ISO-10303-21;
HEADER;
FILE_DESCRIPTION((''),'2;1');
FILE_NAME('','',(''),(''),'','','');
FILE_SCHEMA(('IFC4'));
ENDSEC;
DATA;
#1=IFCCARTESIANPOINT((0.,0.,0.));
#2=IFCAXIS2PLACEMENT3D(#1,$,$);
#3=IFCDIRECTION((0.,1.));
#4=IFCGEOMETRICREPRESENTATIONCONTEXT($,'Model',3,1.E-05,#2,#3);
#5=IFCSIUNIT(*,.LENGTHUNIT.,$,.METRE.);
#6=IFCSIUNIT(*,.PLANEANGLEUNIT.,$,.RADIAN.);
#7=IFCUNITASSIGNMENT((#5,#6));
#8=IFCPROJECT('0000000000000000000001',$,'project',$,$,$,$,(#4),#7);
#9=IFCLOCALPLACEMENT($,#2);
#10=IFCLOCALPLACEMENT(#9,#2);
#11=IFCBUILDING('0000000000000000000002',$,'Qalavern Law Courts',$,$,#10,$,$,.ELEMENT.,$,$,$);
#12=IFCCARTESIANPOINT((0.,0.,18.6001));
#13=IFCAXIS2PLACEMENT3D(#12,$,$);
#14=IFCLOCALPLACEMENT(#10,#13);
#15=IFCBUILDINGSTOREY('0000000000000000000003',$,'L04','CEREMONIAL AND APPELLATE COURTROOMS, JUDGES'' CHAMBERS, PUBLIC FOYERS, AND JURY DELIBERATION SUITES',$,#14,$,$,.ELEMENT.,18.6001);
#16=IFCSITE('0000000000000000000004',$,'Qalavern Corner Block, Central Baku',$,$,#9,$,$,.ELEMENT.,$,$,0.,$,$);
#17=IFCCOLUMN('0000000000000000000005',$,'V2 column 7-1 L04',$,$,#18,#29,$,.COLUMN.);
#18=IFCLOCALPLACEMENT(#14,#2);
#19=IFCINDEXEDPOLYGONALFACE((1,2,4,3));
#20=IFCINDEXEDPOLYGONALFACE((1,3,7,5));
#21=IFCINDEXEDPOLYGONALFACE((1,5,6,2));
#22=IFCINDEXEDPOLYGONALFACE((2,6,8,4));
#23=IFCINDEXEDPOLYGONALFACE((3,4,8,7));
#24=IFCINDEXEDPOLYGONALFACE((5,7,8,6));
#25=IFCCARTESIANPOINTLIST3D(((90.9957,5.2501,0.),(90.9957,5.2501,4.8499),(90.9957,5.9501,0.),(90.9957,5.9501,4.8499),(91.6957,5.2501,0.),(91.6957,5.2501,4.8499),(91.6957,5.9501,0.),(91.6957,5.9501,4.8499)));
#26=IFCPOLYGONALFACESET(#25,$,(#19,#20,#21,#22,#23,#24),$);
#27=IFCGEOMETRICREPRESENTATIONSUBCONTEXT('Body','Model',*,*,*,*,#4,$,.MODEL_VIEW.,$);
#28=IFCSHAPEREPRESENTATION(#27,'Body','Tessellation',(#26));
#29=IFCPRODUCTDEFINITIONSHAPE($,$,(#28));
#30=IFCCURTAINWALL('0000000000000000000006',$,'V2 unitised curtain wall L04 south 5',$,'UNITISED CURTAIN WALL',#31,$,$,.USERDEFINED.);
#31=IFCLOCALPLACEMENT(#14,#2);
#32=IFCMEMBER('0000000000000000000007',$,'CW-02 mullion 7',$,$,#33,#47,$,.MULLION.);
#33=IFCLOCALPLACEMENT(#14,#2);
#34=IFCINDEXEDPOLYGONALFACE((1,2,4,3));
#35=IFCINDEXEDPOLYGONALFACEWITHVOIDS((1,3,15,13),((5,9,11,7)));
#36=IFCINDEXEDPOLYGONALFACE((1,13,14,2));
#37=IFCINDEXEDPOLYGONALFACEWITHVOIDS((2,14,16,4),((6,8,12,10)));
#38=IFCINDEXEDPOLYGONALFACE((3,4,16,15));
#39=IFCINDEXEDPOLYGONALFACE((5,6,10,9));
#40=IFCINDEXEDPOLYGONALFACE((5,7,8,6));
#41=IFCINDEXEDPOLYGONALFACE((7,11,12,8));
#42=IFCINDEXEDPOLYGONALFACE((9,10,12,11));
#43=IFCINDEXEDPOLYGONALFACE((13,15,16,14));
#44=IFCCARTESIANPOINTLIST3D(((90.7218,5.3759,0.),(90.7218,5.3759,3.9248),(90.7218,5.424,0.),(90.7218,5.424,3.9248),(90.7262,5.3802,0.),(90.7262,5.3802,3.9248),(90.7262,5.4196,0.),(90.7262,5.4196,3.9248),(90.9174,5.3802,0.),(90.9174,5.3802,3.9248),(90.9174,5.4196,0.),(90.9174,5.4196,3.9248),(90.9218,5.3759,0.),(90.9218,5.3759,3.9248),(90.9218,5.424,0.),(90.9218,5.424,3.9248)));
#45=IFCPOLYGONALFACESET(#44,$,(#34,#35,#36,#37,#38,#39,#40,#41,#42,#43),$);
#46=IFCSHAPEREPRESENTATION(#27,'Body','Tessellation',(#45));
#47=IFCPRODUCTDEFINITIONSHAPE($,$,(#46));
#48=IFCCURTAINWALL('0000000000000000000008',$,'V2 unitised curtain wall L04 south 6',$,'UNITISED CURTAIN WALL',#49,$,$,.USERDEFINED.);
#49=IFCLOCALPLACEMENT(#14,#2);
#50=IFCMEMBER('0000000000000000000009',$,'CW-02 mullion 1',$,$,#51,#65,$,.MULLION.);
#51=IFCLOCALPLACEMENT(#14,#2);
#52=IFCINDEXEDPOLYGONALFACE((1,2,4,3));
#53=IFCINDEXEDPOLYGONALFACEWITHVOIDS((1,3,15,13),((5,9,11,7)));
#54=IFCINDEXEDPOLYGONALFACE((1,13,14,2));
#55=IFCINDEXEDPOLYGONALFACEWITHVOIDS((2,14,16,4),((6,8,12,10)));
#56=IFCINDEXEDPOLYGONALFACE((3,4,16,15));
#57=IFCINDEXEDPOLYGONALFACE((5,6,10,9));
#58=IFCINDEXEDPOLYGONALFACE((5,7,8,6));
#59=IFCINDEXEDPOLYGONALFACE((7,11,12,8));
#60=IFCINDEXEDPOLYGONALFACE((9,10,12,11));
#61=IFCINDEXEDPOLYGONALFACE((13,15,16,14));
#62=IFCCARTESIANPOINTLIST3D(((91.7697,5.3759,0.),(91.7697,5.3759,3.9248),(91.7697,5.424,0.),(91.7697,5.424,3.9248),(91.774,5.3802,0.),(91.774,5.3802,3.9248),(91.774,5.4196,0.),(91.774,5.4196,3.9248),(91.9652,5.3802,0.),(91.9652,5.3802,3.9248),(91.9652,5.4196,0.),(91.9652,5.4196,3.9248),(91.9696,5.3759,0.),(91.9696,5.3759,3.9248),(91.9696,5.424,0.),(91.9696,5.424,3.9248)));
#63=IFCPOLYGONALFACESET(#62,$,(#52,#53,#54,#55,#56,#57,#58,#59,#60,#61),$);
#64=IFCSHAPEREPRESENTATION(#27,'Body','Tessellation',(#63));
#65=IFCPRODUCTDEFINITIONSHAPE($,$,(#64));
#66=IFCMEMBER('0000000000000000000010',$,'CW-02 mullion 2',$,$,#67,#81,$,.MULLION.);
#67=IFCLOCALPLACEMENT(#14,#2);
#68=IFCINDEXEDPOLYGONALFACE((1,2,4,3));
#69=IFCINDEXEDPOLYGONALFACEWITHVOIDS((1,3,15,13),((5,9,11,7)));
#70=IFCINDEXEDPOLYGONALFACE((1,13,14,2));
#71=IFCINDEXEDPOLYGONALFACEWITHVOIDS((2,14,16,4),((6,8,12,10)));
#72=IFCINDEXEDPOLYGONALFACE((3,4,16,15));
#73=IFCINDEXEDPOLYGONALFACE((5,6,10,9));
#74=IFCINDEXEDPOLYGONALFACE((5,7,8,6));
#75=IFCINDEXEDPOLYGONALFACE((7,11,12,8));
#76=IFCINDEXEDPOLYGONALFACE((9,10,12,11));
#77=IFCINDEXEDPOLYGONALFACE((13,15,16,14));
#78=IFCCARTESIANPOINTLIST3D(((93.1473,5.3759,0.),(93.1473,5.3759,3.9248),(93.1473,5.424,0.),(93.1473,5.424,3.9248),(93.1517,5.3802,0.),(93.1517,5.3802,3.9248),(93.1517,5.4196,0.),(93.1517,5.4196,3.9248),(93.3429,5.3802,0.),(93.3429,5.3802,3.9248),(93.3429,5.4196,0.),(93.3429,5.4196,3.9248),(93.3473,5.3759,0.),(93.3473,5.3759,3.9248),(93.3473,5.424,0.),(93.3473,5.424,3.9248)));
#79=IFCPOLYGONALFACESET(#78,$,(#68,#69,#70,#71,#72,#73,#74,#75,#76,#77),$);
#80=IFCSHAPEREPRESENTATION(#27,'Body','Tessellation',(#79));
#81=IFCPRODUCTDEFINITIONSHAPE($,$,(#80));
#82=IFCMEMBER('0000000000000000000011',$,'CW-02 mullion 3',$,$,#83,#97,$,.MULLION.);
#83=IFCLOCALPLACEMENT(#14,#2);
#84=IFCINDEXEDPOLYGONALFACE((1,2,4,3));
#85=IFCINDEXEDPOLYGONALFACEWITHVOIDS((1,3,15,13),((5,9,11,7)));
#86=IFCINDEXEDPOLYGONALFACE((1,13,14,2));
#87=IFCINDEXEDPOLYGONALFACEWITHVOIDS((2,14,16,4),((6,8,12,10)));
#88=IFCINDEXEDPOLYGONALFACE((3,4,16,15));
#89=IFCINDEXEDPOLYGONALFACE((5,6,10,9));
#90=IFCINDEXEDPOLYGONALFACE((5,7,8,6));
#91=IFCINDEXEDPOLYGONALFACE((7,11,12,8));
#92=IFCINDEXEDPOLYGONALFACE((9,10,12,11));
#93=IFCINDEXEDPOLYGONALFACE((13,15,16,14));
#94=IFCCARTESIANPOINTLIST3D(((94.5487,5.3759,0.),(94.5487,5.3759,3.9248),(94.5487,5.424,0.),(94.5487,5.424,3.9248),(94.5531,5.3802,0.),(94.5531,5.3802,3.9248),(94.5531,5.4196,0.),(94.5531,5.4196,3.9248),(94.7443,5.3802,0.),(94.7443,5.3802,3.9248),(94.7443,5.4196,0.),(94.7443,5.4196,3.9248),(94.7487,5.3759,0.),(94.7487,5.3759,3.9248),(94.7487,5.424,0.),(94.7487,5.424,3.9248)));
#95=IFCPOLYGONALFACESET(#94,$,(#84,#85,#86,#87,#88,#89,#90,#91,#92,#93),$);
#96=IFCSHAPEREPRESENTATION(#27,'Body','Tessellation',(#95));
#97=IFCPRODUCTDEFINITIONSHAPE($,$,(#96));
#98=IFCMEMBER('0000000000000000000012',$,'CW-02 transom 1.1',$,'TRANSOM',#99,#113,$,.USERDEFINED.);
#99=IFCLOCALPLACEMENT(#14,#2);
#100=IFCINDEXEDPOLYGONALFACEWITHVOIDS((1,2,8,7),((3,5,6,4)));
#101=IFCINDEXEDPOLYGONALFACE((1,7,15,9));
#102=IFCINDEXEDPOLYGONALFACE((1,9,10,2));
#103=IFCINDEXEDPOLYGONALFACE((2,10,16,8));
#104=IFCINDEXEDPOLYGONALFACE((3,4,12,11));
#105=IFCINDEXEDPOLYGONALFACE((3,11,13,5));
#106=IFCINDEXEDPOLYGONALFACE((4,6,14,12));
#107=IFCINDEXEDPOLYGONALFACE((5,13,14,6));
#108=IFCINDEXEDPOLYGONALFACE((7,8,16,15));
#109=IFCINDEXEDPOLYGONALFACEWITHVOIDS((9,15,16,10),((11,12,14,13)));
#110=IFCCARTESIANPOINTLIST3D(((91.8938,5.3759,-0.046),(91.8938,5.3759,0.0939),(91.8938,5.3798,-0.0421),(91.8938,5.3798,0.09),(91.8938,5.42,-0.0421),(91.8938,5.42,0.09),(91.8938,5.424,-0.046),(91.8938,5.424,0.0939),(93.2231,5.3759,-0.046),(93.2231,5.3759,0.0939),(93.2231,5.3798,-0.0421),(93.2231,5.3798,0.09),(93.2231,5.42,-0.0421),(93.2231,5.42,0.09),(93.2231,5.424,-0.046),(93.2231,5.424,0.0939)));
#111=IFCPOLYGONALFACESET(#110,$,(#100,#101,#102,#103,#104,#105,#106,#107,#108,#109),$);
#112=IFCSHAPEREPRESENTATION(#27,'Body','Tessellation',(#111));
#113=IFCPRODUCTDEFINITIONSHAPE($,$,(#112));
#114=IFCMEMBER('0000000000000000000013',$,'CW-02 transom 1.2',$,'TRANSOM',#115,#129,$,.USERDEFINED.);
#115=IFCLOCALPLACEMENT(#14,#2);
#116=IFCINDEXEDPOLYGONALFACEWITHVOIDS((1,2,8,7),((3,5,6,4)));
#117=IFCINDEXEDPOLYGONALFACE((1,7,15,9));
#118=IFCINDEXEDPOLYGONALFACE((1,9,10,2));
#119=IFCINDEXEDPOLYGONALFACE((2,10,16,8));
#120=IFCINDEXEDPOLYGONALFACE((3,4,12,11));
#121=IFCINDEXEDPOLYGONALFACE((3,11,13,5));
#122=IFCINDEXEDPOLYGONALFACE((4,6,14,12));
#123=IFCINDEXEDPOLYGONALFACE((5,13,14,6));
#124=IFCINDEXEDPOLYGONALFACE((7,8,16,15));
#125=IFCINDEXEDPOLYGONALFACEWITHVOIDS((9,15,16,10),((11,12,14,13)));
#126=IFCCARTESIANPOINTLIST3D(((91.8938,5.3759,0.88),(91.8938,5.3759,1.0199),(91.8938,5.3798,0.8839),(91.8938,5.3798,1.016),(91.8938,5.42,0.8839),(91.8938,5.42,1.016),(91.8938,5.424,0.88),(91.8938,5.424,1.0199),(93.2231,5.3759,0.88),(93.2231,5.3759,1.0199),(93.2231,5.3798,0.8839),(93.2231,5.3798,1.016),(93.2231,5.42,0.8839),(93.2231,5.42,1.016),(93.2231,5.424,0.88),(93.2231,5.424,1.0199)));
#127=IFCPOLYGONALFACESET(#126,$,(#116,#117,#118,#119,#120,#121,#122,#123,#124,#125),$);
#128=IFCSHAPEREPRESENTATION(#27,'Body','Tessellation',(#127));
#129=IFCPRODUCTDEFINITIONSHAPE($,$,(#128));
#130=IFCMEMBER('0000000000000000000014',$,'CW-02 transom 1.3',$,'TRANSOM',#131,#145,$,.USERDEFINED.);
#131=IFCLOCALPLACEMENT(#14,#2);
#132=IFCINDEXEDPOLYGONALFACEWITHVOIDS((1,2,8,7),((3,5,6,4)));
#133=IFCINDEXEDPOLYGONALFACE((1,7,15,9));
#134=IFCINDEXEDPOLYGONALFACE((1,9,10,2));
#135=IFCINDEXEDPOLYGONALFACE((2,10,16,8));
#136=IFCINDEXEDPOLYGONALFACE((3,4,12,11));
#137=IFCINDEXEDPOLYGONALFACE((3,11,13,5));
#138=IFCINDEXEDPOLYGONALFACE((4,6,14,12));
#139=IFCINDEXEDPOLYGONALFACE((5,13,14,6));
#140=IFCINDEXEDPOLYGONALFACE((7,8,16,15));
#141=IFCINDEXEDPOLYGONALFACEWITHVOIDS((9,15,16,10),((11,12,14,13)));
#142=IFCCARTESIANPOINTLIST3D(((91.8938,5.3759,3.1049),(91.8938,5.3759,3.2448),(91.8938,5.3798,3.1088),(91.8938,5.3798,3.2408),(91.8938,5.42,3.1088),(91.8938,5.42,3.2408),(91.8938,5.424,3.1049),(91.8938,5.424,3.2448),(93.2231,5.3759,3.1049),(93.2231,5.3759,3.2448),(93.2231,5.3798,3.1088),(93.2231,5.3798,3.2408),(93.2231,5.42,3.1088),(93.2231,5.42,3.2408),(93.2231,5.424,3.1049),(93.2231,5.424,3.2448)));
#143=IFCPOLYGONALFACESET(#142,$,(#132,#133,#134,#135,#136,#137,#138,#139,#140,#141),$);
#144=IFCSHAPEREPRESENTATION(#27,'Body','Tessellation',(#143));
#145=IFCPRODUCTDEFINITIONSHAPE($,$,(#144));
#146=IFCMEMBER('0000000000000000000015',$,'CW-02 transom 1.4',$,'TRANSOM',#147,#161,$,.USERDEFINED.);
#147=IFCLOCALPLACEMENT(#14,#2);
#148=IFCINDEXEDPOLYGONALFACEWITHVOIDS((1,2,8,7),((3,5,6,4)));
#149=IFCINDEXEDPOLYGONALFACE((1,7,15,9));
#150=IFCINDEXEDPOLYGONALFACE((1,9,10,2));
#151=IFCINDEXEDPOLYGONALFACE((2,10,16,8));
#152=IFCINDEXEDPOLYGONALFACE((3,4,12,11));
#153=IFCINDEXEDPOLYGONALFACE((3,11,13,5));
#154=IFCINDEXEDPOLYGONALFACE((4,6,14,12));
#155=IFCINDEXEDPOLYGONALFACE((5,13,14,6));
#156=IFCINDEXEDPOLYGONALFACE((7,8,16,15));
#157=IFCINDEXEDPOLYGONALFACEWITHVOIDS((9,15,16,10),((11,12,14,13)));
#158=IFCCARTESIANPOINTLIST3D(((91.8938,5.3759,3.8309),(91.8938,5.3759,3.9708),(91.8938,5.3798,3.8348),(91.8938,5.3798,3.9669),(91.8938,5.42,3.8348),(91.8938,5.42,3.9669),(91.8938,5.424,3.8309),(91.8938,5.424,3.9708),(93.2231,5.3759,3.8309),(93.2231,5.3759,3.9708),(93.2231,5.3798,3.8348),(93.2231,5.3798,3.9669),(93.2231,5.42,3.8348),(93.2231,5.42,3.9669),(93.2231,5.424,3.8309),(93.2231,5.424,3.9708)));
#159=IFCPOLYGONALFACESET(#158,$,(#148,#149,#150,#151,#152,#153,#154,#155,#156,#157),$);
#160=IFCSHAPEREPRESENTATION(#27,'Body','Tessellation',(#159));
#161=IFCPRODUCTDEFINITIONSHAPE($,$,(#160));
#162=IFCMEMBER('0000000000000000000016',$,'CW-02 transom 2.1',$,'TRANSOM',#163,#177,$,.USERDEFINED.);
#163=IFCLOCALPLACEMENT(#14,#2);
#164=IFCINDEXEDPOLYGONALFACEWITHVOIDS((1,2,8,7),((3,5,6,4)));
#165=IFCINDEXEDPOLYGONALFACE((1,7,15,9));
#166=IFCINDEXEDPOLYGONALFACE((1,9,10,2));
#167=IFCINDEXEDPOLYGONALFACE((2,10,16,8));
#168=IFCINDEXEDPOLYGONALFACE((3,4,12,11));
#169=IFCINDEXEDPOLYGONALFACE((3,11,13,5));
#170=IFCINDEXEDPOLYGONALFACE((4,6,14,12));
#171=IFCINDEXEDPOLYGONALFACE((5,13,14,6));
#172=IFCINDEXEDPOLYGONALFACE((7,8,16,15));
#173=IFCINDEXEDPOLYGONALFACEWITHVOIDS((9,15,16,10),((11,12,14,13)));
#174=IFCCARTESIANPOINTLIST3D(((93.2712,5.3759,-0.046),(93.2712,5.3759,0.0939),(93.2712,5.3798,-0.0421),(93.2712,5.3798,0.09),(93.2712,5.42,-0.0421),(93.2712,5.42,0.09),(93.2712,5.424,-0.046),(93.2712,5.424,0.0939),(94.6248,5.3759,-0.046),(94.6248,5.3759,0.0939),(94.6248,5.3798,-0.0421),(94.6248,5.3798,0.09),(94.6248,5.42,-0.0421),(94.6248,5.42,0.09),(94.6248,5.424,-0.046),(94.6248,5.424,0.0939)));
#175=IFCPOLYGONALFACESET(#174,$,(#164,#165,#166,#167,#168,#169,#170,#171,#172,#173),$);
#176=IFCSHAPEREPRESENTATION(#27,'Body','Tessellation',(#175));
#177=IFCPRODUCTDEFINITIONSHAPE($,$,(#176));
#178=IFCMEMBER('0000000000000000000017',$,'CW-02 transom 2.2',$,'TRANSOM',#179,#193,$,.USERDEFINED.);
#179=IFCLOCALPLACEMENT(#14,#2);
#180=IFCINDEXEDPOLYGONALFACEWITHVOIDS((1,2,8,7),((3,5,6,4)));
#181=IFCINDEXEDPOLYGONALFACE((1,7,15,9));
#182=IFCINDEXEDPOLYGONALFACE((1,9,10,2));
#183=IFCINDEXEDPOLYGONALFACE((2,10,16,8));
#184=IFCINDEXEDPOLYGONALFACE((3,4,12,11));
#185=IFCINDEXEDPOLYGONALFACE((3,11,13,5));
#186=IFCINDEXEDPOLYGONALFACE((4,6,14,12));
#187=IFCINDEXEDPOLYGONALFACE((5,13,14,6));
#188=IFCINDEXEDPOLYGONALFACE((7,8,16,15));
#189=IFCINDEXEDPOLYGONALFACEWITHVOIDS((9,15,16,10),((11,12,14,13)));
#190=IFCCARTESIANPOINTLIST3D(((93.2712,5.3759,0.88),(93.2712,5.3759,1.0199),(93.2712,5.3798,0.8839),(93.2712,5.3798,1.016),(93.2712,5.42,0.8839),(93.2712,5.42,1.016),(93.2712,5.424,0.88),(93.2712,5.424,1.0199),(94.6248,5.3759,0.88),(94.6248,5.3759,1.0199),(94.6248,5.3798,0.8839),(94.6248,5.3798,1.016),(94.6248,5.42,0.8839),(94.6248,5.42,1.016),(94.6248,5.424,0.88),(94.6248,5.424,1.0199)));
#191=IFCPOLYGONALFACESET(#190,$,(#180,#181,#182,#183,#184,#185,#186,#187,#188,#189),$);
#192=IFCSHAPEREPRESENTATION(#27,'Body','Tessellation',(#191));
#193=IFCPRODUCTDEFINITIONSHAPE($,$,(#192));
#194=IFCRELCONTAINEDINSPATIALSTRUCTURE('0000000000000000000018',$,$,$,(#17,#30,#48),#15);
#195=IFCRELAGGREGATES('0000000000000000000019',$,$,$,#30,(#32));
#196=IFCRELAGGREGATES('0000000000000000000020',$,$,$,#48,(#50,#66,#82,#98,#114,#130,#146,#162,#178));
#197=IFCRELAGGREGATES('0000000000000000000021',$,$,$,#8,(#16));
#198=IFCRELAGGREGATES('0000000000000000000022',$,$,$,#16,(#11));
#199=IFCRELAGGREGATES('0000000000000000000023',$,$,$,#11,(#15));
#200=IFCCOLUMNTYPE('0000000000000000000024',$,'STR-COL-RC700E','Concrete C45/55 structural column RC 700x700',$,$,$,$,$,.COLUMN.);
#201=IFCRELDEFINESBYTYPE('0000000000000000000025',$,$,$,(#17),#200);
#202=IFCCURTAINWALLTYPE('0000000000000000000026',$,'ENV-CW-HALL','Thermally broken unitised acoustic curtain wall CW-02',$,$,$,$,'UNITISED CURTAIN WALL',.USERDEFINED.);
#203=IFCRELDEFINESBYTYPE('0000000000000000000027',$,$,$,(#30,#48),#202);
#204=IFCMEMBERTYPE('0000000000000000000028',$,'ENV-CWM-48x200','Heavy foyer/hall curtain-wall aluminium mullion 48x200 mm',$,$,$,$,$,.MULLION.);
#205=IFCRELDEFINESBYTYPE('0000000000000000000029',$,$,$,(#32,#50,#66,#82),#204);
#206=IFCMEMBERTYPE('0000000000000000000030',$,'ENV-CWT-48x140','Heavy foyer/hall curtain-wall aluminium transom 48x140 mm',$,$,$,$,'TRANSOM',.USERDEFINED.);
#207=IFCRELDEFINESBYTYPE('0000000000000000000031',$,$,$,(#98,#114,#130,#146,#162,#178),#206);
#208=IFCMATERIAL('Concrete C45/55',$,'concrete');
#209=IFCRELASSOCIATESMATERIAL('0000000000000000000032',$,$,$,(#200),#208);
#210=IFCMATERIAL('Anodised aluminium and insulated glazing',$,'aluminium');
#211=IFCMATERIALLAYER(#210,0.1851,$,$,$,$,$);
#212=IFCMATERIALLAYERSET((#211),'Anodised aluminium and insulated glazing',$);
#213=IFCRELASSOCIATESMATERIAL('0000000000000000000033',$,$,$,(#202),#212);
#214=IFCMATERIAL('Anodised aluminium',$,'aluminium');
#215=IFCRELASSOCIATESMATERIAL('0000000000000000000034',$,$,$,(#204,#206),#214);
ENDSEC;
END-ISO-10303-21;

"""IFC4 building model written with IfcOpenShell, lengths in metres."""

from ifc_helpers import new_model, si_unit, direction, frame, origin, origin_2d, place, context, subcontext, project, spatial, rectangle, hollow_rectangle, extrude, material, layer, layer_set, material_profile, profile_set, type_object, element, aggregate, save


model = new_model("IFC4")

# Units and contexts
model_context = context("Model", 3, precision=1e-05, world=origin(), true_north=direction((0.0, 1.0)))
body_context = subcontext(model_context, "Body", "Model", "MODEL_VIEW")
ifc_project = project(units=[si_unit("LENGTHUNIT", "METRE"), si_unit("PLANEANGLEUNIT", "RADIAN")], contexts=[model_context])

# Site, building, storey
site_placement = place(None, origin())
site = spatial("IfcSite", under=ifc_project, at=site_placement, Name="Qalavern Corner Block, Central Baku", CompositionType="ELEMENT", RefElevation=0.0)
building_placement = place(site_placement, origin())
building = spatial("IfcBuilding", under=site, at=building_placement, Name="Qalavern Law Courts", CompositionType="ELEMENT")
storey_placement = place(building_placement, frame((0.0, 0.0, 18.6001)))
storey = spatial("IfcBuildingStorey", under=building, at=storey_placement, Name="L04", Description="CEREMONIAL AND APPELLATE COURTROOMS, JUDGES' CHAMBERS, PUBLIC FOYERS, AND JURY DELIBERATION SUITES", CompositionType="ELEMENT", Elevation=18.6001)

# Column
ifc_material_1 = material(Name="Concrete C45/55", Category="concrete")
ifc_material_profile_1 = material_profile(ifc_material_1, rectangle(XDim=0.7, YDim=0.7, at=origin_2d()), Name="RC 700x700")
ifc_profile_set_1 = profile_set([ifc_material_profile_1], Name="Concrete C45/55")
column_type = type_object("IfcColumnType", Name="STR-COL-RC700E", Description="Concrete C45/55 structural column RC 700x700", PredefinedType="COLUMN", material=ifc_profile_set_1)
column_placement = place(storey_placement, frame((91.3457, 5.6001, 0.0), z_axis=(0.0, 0.0, 1.0), x_axis=(1.0, 0.0, 0.0)))
element("IfcColumn", 1, at=column_placement, inside=storey, type_object=column_type, Name="V2 column 7-1 L04", PredefinedType="COLUMN", context=body_context, shape_type="SweptSolid", body=[
    extrude(rectangle(XDim=0.7, YDim=0.7, at=origin_2d()), origin(), (0.0, 0.0, 1.0), 4.8499),
])

# Curtain wall, member
ifc_material_2 = material(Name="Anodised aluminium and insulated glazing", Category="aluminium")
ifc_layer_1 = layer(ifc_material_2, 0.1851)
ifc_layer_set_1 = layer_set([ifc_layer_1], Name="Anodised aluminium and insulated glazing")
curtain_wall_type = type_object("IfcCurtainWallType", Name="ENV-CW-HALL", Description="Thermally broken unitised acoustic curtain wall CW-02", ElementType="UNITISED CURTAIN WALL", PredefinedType="USERDEFINED", material=ifc_layer_set_1)
curtain_wall_1_placement = place(storey_placement, origin())
curtain_wall_1 = element("IfcCurtainWall", 2, at=curtain_wall_1_placement, inside=storey, type_object=curtain_wall_type, Name="V2 unitised curtain wall L04 south 5", ObjectType="UNITISED CURTAIN WALL", PredefinedType="USERDEFINED")
ifc_material_3 = material(Name="Anodised aluminium", Category="aluminium")
ifc_material_profile_2 = material_profile(ifc_material_3, hollow_rectangle(XDim=0.0481, YDim=0.2, WallThickness=0.0044, at=origin_2d()), Name="ALU MULLION 48x200")
ifc_profile_set_2 = profile_set([ifc_material_profile_2], Name="Anodised aluminium")
member_type_1 = type_object("IfcMemberType", Name="ENV-CWM-48x200", Description="Heavy foyer/hall curtain-wall aluminium mullion 48x200 mm", PredefinedType="MULLION", material=ifc_profile_set_2)
member_1_placement = place(storey_placement, frame((90.8218, 5.3999, 0.0), z_axis=(0.0, 0.0, 1.0), x_axis=(0.0, 1.0, 0.0)))
member_1 = element("IfcMember", 3, at=member_1_placement, type_object=member_type_1, Name="CW-02 mullion 7", PredefinedType="MULLION", context=body_context, shape_type="SweptSolid", body=[
    extrude(hollow_rectangle(XDim=0.0481, YDim=0.2, WallThickness=0.0044, at=origin_2d()), origin(), (0.0, 0.0, 1.0), 3.9248),
])

# Curtain wall, members
curtain_wall_2_placement = place(storey_placement, origin())
curtain_wall_2 = element("IfcCurtainWall", 4, at=curtain_wall_2_placement, inside=storey, type_object=curtain_wall_type, Name="V2 unitised curtain wall L04 south 6", ObjectType="UNITISED CURTAIN WALL", PredefinedType="USERDEFINED")
member_2_placement = place(storey_placement, frame((91.8696, 5.3999, 0.0), z_axis=(0.0, 0.0, 1.0), x_axis=(0.0, 1.0, 0.0)))
member_2 = element("IfcMember", 5, at=member_2_placement, type_object=member_type_1, Name="CW-02 mullion 1", PredefinedType="MULLION", context=body_context, shape_type="SweptSolid", body=[
    extrude(hollow_rectangle(XDim=0.0481, YDim=0.2, WallThickness=0.0044, at=origin_2d()), origin(), (0.0, 0.0, 1.0), 3.9248),
])
member_3_placement = place(storey_placement, frame((93.2473, 5.3999, 0.0), z_axis=(0.0, 0.0, 1.0), x_axis=(0.0, 1.0, 0.0)))
member_3 = element("IfcMember", 6, at=member_3_placement, type_object=member_type_1, Name="CW-02 mullion 2", PredefinedType="MULLION", context=body_context, shape_type="SweptSolid", body=[
    extrude(hollow_rectangle(XDim=0.0481, YDim=0.2, WallThickness=0.0044, at=origin_2d()), origin(), (0.0, 0.0, 1.0), 3.9248),
])
member_4_placement = place(storey_placement, frame((94.6487, 5.3999, 0.0), z_axis=(0.0, 0.0, 1.0), x_axis=(0.0, 1.0, 0.0)))
member_4 = element("IfcMember", 7, at=member_4_placement, type_object=member_type_1, Name="CW-02 mullion 3", PredefinedType="MULLION", context=body_context, shape_type="SweptSolid", body=[
    extrude(hollow_rectangle(XDim=0.0481, YDim=0.2, WallThickness=0.0044, at=origin_2d()), origin(), (0.0, 0.0, 1.0), 3.9248),
])
ifc_material_profile_3 = material_profile(ifc_material_3, hollow_rectangle(XDim=0.0481, YDim=0.1399, WallThickness=0.0039, at=origin_2d()), Name="ALU TRANSOM 48x140")
ifc_profile_set_3 = profile_set([ifc_material_profile_3], Name="Anodised aluminium")
member_type_2 = type_object("IfcMemberType", Name="ENV-CWT-48x140", Description="Heavy foyer/hall curtain-wall aluminium transom 48x140 mm", ElementType="TRANSOM", PredefinedType="USERDEFINED", material=ifc_profile_set_3)
member_5_placement = place(storey_placement, frame((91.8938, 5.3999, 0.0239), z_axis=(1.0, 0.0, 0.0), x_axis=(0.0, 1.0, 0.0)))
member_5 = element("IfcMember", 8, at=member_5_placement, type_object=member_type_2, Name="CW-02 transom 1.1", ObjectType="TRANSOM", PredefinedType="USERDEFINED", context=body_context, shape_type="SweptSolid", body=[
    extrude(hollow_rectangle(XDim=0.0481, YDim=0.1399, WallThickness=0.0039, at=origin_2d()), origin(), (0.0, 0.0, 1.0), 1.3293),
])
member_6_placement = place(storey_placement, frame((91.8938, 5.3999, 0.95), z_axis=(1.0, 0.0, 0.0), x_axis=(0.0, 1.0, 0.0)))
member_6 = element("IfcMember", 9, at=member_6_placement, type_object=member_type_2, Name="CW-02 transom 1.2", ObjectType="TRANSOM", PredefinedType="USERDEFINED", context=body_context, shape_type="SweptSolid", body=[
    extrude(hollow_rectangle(XDim=0.0481, YDim=0.1399, WallThickness=0.0039, at=origin_2d()), origin(), (0.0, 0.0, 1.0), 1.3293),
])
member_7_placement = place(storey_placement, frame((91.8938, 5.3999, 3.1748), z_axis=(1.0, 0.0, 0.0), x_axis=(0.0, 1.0, 0.0)))
member_7 = element("IfcMember", 10, at=member_7_placement, type_object=member_type_2, Name="CW-02 transom 1.3", ObjectType="TRANSOM", PredefinedType="USERDEFINED", context=body_context, shape_type="SweptSolid", body=[
    extrude(hollow_rectangle(XDim=0.0481, YDim=0.1399, WallThickness=0.0039, at=origin_2d()), origin(), (0.0, 0.0, 1.0), 1.3293),
])
member_8_placement = place(storey_placement, frame((91.8938, 5.3999, 3.9009), z_axis=(1.0, 0.0, 0.0), x_axis=(0.0, 1.0, 0.0)))
member_8 = element("IfcMember", 11, at=member_8_placement, type_object=member_type_2, Name="CW-02 transom 1.4", ObjectType="TRANSOM", PredefinedType="USERDEFINED", context=body_context, shape_type="SweptSolid", body=[
    extrude(hollow_rectangle(XDim=0.0481, YDim=0.1399, WallThickness=0.0039, at=origin_2d()), origin(), (0.0, 0.0, 1.0), 1.3293),
])
member_9_placement = place(storey_placement, frame((93.2712, 5.3999, 0.0239), z_axis=(1.0, 0.0, 0.0), x_axis=(0.0, 1.0, 0.0)))
member_9 = element("IfcMember", 12, at=member_9_placement, type_object=member_type_2, Name="CW-02 transom 2.1", ObjectType="TRANSOM", PredefinedType="USERDEFINED", context=body_context, shape_type="SweptSolid", body=[
    extrude(hollow_rectangle(XDim=0.0481, YDim=0.1399, WallThickness=0.0039, at=origin_2d()), origin(), (0.0, 0.0, 1.0), 1.3535),
])
member_10_placement = place(storey_placement, frame((93.2712, 5.3999, 0.95), z_axis=(1.0, 0.0, 0.0), x_axis=(0.0, 1.0, 0.0)))
member_10 = element("IfcMember", 13, at=member_10_placement, type_object=member_type_2, Name="CW-02 transom 2.2", ObjectType="TRANSOM", PredefinedType="USERDEFINED", context=body_context, shape_type="SweptSolid", body=[
    extrude(hollow_rectangle(XDim=0.0481, YDim=0.1399, WallThickness=0.0039, at=origin_2d()), origin(), (0.0, 0.0, 1.0), 1.3535),
])

aggregate(curtain_wall_1, [member_1])
aggregate(curtain_wall_2, [member_2, member_3, member_4, member_5, member_6, member_7, member_8, member_9, member_10])

save(model, "model.ifc")
